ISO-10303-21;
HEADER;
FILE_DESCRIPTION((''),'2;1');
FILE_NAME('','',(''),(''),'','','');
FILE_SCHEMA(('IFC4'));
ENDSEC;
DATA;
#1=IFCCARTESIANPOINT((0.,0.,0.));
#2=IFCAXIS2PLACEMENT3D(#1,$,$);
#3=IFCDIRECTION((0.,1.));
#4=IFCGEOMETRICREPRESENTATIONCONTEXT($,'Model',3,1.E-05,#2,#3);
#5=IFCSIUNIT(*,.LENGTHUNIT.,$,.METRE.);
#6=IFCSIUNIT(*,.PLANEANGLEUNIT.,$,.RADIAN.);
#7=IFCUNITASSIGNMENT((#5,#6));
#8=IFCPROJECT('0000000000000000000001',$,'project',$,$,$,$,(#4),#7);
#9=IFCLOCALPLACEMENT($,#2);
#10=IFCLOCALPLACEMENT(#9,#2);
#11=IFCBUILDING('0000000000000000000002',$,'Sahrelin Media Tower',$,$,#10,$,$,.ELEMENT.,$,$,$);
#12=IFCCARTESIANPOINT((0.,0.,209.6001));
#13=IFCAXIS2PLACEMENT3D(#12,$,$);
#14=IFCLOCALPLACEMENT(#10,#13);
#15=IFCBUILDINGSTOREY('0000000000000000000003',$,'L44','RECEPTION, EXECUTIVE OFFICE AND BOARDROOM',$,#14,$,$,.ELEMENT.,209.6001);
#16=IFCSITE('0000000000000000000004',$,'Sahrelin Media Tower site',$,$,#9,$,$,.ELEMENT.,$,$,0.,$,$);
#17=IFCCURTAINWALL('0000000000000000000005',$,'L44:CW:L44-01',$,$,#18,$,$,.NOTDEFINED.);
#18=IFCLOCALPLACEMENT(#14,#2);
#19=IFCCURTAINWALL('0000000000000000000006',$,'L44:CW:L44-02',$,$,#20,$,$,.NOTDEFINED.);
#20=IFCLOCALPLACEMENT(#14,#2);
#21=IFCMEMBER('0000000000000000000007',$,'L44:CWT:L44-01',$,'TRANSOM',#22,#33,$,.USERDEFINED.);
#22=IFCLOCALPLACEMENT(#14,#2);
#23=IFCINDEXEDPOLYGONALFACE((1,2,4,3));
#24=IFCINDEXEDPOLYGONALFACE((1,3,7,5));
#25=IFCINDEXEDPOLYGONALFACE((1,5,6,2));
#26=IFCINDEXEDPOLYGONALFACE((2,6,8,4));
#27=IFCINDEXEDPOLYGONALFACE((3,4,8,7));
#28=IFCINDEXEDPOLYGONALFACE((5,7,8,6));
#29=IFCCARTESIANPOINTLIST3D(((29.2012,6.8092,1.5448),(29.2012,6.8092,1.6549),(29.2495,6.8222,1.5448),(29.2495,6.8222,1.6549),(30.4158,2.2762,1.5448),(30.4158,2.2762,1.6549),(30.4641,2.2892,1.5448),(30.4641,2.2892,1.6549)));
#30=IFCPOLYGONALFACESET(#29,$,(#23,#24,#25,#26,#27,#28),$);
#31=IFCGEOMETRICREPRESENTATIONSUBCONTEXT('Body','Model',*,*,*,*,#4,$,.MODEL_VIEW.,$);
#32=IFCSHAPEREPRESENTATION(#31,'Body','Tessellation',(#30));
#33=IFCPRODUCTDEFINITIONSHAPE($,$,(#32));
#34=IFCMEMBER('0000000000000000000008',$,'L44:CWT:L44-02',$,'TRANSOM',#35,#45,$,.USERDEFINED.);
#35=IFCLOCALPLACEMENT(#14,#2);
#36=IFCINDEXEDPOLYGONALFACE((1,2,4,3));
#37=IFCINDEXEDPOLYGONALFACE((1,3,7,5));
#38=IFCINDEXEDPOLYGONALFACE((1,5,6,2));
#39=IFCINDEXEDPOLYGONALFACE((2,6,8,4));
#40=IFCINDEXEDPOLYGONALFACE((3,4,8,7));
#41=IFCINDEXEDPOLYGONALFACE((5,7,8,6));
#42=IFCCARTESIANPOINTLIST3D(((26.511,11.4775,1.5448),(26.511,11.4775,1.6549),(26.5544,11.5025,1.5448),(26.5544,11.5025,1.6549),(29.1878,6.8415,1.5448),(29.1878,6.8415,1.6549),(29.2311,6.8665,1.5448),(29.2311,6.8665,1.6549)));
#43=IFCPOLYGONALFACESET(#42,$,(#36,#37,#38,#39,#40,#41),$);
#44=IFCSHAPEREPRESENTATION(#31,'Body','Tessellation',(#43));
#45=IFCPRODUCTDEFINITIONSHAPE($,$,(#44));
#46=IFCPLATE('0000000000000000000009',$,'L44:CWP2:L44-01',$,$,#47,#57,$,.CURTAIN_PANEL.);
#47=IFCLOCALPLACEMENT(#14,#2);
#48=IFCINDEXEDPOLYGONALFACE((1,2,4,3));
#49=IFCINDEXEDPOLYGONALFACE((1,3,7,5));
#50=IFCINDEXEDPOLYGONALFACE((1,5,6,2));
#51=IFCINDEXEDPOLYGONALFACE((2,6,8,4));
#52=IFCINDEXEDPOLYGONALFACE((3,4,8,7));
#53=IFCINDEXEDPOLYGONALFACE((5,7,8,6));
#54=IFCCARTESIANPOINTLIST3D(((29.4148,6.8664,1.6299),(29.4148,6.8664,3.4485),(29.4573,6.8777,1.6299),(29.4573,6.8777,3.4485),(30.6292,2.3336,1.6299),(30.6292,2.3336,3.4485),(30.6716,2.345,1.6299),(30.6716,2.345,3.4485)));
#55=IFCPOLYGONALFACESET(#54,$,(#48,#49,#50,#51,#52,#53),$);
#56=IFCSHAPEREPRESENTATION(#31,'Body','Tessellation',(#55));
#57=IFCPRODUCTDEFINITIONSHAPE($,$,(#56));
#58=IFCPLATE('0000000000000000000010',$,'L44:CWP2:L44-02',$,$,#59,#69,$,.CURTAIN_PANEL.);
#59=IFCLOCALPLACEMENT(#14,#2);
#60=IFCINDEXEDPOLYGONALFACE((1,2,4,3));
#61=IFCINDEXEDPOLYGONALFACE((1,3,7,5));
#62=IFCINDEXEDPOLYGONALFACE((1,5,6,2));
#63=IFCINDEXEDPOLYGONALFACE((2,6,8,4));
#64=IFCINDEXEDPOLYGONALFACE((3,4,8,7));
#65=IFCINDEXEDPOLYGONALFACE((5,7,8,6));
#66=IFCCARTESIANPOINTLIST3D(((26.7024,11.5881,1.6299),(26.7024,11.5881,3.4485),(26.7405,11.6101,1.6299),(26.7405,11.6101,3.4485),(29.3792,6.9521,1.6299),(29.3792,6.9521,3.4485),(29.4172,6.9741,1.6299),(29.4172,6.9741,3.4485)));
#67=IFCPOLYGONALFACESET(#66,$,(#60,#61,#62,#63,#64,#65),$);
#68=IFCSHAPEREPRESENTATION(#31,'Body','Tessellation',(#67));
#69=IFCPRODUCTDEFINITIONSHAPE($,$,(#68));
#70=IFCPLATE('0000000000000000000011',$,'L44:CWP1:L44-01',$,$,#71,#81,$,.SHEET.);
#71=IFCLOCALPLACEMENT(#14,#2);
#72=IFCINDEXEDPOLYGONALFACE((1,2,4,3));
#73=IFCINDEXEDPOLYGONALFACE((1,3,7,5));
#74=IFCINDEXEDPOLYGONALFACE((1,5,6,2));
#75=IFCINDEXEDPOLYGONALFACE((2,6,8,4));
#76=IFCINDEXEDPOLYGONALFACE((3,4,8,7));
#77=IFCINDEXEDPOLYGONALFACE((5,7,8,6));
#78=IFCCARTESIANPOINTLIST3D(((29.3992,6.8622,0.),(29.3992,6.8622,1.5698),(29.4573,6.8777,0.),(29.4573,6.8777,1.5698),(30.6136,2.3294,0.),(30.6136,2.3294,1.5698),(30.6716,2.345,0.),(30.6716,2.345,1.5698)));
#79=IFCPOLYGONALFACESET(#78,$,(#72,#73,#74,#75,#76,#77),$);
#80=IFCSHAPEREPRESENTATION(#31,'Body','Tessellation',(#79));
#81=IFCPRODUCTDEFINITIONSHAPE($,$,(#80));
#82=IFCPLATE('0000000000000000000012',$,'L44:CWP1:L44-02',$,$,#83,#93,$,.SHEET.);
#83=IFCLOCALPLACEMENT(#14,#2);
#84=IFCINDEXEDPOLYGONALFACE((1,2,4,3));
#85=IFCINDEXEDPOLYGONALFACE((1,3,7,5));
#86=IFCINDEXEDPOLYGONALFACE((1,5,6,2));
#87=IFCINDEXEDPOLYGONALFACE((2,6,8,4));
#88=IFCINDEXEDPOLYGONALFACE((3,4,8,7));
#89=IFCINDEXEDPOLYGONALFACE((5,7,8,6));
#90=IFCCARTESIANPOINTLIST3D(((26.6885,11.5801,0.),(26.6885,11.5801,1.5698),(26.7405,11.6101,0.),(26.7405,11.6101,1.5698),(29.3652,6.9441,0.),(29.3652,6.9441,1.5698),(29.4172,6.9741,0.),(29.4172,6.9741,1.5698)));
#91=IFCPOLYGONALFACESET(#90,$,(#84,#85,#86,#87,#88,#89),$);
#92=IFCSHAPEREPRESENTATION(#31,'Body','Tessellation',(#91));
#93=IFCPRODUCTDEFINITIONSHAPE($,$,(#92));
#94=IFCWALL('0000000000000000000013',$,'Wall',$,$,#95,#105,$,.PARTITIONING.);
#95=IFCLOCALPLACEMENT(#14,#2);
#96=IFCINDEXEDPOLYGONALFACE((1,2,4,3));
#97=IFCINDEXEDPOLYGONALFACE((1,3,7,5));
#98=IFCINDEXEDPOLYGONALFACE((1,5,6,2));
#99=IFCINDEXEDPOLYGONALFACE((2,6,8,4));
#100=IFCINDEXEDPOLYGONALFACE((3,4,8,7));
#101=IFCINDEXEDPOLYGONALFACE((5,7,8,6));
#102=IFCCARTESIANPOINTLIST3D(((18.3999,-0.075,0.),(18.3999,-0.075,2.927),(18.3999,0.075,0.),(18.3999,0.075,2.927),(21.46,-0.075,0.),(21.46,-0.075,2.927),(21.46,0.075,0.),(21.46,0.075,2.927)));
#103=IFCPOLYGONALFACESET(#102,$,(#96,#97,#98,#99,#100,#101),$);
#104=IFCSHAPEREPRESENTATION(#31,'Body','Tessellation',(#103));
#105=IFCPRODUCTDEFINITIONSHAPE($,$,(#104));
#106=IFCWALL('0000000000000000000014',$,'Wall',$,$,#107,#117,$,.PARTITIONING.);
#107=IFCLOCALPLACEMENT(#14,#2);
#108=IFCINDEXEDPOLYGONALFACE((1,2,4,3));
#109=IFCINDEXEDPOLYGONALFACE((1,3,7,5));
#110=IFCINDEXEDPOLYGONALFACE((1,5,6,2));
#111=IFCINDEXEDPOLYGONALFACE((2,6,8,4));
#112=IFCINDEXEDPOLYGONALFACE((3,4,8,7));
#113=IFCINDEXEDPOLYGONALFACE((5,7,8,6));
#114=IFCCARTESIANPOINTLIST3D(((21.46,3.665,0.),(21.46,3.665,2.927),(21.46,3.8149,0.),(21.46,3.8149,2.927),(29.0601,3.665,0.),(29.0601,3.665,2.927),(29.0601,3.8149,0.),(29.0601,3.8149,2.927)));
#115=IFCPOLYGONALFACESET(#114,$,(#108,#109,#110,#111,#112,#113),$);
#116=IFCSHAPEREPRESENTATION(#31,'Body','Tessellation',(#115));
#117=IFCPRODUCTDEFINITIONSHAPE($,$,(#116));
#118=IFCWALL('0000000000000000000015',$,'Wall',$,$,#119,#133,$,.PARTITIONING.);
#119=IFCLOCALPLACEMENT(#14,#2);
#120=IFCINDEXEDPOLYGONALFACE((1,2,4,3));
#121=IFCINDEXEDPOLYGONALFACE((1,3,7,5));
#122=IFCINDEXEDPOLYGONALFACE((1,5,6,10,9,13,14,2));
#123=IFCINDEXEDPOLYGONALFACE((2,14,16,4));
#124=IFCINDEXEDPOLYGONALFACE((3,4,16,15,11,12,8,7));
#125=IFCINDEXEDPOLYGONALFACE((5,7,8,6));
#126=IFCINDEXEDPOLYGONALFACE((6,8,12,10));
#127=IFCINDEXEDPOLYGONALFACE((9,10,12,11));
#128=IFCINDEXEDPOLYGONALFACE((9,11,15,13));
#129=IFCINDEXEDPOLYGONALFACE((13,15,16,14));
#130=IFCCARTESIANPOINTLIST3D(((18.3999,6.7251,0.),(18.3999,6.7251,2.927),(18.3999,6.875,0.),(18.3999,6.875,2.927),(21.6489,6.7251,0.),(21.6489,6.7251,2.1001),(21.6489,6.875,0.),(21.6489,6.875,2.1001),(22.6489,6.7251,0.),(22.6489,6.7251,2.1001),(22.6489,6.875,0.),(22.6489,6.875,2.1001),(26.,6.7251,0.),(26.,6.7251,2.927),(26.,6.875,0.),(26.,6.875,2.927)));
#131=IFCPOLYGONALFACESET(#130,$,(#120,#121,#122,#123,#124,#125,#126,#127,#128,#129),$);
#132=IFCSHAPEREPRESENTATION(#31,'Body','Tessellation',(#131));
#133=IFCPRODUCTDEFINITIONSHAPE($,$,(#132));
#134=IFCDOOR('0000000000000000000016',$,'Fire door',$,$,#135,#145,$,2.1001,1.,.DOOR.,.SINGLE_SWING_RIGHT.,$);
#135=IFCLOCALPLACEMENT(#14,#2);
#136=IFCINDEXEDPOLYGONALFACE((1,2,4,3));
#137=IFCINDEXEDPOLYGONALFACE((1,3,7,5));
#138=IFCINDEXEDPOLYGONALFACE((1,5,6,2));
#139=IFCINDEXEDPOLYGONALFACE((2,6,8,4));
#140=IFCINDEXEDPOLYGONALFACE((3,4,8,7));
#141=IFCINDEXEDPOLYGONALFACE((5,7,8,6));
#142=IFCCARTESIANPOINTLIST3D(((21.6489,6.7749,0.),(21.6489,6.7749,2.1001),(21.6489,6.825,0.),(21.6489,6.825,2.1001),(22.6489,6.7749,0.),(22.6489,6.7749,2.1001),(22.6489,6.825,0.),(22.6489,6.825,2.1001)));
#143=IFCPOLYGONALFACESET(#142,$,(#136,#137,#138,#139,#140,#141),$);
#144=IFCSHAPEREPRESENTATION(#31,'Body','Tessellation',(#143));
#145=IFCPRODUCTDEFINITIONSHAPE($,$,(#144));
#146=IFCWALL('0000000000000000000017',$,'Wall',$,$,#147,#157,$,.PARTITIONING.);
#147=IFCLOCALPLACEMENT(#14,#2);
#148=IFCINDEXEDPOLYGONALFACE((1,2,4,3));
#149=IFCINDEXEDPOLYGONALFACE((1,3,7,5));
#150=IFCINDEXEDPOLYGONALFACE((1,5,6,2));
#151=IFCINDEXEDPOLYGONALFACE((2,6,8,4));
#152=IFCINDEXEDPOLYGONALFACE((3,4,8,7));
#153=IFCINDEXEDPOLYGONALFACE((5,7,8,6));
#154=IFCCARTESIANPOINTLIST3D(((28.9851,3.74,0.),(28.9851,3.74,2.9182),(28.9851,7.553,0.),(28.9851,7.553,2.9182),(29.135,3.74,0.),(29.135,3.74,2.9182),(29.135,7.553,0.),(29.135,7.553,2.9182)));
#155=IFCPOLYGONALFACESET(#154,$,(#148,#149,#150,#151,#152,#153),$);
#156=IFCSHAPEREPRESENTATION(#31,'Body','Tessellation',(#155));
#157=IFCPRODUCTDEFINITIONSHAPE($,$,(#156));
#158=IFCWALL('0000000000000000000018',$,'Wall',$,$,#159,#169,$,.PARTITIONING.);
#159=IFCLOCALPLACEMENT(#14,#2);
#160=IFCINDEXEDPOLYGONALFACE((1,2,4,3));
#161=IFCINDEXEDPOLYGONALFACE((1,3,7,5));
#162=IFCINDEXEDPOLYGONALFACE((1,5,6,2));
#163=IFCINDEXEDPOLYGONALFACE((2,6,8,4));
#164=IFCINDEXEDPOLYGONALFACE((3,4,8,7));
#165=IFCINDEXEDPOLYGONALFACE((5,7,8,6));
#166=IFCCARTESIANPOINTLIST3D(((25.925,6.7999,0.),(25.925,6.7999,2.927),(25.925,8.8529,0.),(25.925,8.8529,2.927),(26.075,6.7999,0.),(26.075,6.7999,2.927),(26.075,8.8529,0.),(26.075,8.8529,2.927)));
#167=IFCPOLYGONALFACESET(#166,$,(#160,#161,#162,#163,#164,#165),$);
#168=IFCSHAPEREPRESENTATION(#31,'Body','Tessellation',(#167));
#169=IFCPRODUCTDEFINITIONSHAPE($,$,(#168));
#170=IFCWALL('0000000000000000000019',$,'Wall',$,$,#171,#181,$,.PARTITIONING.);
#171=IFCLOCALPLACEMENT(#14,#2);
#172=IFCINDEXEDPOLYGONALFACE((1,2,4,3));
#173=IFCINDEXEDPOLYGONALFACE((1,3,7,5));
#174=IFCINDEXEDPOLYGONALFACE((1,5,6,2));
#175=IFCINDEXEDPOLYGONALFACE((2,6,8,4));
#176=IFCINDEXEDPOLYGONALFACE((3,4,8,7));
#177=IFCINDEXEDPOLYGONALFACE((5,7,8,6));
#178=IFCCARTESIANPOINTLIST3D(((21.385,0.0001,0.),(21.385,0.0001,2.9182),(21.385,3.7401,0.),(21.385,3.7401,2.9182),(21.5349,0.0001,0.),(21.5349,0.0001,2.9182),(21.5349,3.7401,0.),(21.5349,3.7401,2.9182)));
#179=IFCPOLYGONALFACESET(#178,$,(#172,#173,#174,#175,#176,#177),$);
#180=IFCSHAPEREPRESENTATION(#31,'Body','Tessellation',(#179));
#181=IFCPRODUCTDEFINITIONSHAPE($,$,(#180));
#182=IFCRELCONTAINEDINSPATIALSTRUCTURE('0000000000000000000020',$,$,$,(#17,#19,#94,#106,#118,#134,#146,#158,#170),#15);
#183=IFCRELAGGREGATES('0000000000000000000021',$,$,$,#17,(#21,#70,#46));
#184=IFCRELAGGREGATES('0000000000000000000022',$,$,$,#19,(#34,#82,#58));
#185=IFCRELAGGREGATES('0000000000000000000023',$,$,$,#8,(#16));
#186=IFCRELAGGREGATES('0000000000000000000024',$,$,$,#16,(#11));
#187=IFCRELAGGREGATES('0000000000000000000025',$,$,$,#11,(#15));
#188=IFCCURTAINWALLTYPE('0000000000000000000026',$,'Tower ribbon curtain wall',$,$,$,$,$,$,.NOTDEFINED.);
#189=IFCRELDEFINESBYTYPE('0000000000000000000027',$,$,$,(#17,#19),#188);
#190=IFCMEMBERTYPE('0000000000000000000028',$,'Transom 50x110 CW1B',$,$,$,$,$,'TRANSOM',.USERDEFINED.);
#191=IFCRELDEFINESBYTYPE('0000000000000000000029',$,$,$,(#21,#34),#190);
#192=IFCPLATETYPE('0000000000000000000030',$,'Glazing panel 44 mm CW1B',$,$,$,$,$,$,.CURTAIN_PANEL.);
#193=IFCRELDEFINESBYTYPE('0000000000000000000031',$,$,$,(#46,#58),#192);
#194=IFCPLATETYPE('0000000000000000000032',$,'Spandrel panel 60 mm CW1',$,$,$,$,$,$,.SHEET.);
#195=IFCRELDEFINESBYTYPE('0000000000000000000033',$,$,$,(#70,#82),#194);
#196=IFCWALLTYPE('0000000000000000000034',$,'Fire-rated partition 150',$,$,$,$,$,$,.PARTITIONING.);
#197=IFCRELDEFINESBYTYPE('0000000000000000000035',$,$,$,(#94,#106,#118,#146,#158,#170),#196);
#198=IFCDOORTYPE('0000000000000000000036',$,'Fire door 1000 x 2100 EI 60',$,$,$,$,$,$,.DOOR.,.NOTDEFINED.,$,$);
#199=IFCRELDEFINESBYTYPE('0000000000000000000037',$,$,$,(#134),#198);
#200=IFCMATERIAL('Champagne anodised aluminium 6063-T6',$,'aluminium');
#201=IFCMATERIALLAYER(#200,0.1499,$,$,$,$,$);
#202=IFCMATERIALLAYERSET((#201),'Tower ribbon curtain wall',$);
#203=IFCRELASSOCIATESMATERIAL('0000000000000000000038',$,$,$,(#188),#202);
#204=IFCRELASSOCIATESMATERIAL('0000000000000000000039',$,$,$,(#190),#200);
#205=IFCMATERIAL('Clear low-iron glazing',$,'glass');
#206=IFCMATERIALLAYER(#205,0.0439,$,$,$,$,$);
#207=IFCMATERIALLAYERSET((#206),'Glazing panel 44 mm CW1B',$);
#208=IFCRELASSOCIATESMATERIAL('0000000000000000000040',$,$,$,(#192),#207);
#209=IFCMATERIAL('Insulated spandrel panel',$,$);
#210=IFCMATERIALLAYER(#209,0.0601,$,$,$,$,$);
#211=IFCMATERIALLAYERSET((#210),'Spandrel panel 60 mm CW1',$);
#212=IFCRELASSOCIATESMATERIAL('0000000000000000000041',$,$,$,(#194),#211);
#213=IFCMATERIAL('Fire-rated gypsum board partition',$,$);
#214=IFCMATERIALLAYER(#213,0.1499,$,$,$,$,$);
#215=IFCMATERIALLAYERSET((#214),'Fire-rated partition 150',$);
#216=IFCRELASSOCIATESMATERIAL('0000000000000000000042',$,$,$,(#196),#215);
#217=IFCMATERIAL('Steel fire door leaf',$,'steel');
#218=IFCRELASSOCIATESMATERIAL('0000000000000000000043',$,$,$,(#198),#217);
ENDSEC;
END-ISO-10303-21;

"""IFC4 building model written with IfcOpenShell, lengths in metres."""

from ifc_helpers import new_model, si_unit, direction, frame, frame_2d, origin, origin_2d, place, context, subcontext, project, spatial, polyline, rectangle, outline, extrude, material, layer, layer_set, material_profile, profile_set, type_object, element, fill, aggregate, save


model = new_model("IFC4")

# Units and contexts
model_context = context("Model", 3, precision=1e-05, world=origin(), true_north=direction((0.0, 1.0)))
body_context = subcontext(model_context, "Body", "Model", "MODEL_VIEW")
ifc_project = project(units=[si_unit("LENGTHUNIT", "METRE"), si_unit("PLANEANGLEUNIT", "RADIAN")], contexts=[model_context])

# Site, building, storey
site_placement = place(None, origin())
site = spatial("IfcSite", under=ifc_project, at=site_placement, Name="Sahrelin Media Tower site", CompositionType="ELEMENT", RefElevation=0.0)
building_placement = place(site_placement, origin())
building = spatial("IfcBuilding", under=site, at=building_placement, Name="Sahrelin Media Tower", CompositionType="ELEMENT")
storey_placement = place(building_placement, frame((0.0, 0.0, 209.6001)))
storey = spatial("IfcBuildingStorey", under=building, at=storey_placement, Name="L44", Description="RECEPTION, EXECUTIVE OFFICE AND BOARDROOM", CompositionType="ELEMENT", Elevation=209.6001)

# Curtain walls
ifc_material_1 = material(Name="Champagne anodised aluminium 6063-T6", Category="aluminium")
ifc_layer_1 = layer(ifc_material_1, 0.1499)
ifc_layer_set_1 = layer_set([ifc_layer_1], Name="Tower ribbon curtain wall")
curtain_wall_type = type_object("IfcCurtainWallType", Name="Tower ribbon curtain wall", PredefinedType="NOTDEFINED", material=ifc_layer_set_1)
curtain_wall_1_placement = place(storey_placement, frame((30.0452, 4.6062, 0.0), z_axis=(0.0, 0.0, 1.0), x_axis=(1.0, 0.0, 0.0)))
curtain_wall_1 = element("IfcCurtainWall", 1, at=curtain_wall_1_placement, inside=storey, type_object=curtain_wall_type, Name="L44:CW:L44-01", PredefinedType="NOTDEFINED")
curtain_wall_2_placement = place(storey_placement, frame((28.0615, 9.282, 0.0), z_axis=(0.0, 0.0, 1.0), x_axis=(1.0, 0.0, 0.0)))
curtain_wall_2 = element("IfcCurtainWall", 2, at=curtain_wall_2_placement, inside=storey, type_object=curtain_wall_type, Name="L44:CW:L44-02", PredefinedType="NOTDEFINED")

# Members
ifc_material_profile_1 = material_profile(ifc_material_1, rectangle(XDim=0.05, YDim=0.1101, at=origin_2d()), Name="Transom 50x110")
ifc_profile_set_1 = profile_set([ifc_material_profile_1], Name="Champagne anodised aluminium 6063-T6")
member_type_1 = type_object("IfcMemberType", Name="Transom 50x110 CW1B", ElementType="TRANSOM", PredefinedType="USERDEFINED", material=ifc_profile_set_1)
member_1_placement = place(storey_placement, frame((30.4399, 2.2827, 1.5999), z_axis=(-0.258818, 0.965926, 0.0), x_axis=(-0.965926, -0.258818, 0.0)))
member_1 = element("IfcMember", 3, at=member_1_placement, type_object=member_type_1, Name="L44:CWT:L44-01", ObjectType="TRANSOM", PredefinedType="USERDEFINED", context=body_context, shape_type="SweptSolid", body=[
    extrude(rectangle(XDim=0.05, YDim=0.1101, at=origin_2d()), origin(), (0.0, 0.0, 1.0), 4.6929),
])
member_2_placement = place(storey_placement, frame((29.2095, 6.854, 1.5999), z_axis=(-0.500024, 0.866012, 0.0), x_axis=(-0.866012, -0.500024, 0.0)))
member_2 = element("IfcMember", 4, at=member_2_placement, type_object=member_type_1, Name="L44:CWT:L44-02", ObjectType="TRANSOM", PredefinedType="USERDEFINED", context=body_context, shape_type="SweptSolid", body=[
    extrude(rectangle(XDim=0.05, YDim=0.1101, at=origin_2d()), origin(), (0.0, 0.0, 1.0), 5.3533),
])

# Plates
ifc_material_2 = material(Name="Clear low-iron glazing", Category="glass")
ifc_layer_2 = layer(ifc_material_2, 0.0439)
ifc_layer_set_2 = layer_set([ifc_layer_2], Name="Glazing panel 44 mm CW1B")
plate_type_1 = type_object("IfcPlateType", Name="Glazing panel 44 mm CW1B", PredefinedType="CURTAIN_PANEL", material=ifc_layer_set_2)
plate_1_placement = place(storey_placement, frame((30.6716, 2.345, 1.6299), z_axis=(0.965936, 0.258783, 0.0), x_axis=(-0.258783, 0.965936, 0.0)))
plate_1 = element("IfcPlate", 5, at=plate_1_placement, type_object=plate_type_1, Name="L44:CWP2:L44-01", PredefinedType="CURTAIN_PANEL", context=body_context, shape_type="SweptSolid", body=[
    extrude(outline(polyline([(0.0, 0.0), (4.6926, 0.0), (4.6926, 1.8186), (0.0, 1.8186), (0.0, 0.0)])), origin(), (0.0, 0.0, -1.0), 0.0439),
])
plate_2_placement = place(storey_placement, frame((29.4172, 6.9741, 1.6299), z_axis=(0.866012, 0.500024, 0.0), x_axis=(-0.500024, 0.866012, 0.0)))
plate_2 = element("IfcPlate", 6, at=plate_2_placement, type_object=plate_type_1, Name="L44:CWP2:L44-02", PredefinedType="CURTAIN_PANEL", context=body_context, shape_type="SweptSolid", body=[
    extrude(outline(polyline([(0.0, 0.0), (5.3533, 0.0), (5.3533, 1.8186), (0.0, 1.8186), (0.0, 0.0)])), origin(), (0.0, 0.0, -1.0), 0.0439),
])
ifc_material_3 = material(Name="Insulated spandrel panel")
ifc_layer_3 = layer(ifc_material_3, 0.0601)
ifc_layer_set_3 = layer_set([ifc_layer_3], Name="Spandrel panel 60 mm CW1")
plate_type_2 = type_object("IfcPlateType", Name="Spandrel panel 60 mm CW1", PredefinedType="SHEET", material=ifc_layer_set_3)
plate_3_placement = place(storey_placement, frame((30.6716, 2.345, 0.0), z_axis=(0.965936, 0.258783, 0.0), x_axis=(-0.258783, 0.965936, 0.0)))
plate_3 = element("IfcPlate", 7, at=plate_3_placement, type_object=plate_type_2, Name="L44:CWP1:L44-01", PredefinedType="SHEET", context=body_context, shape_type="SweptSolid", body=[
    extrude(outline(polyline([(0.0, 0.0), (4.6926, 0.0), (4.6926, 1.5698), (0.0, 1.5698), (0.0, 0.0)])), origin(), (0.0, 0.0, -1.0), 0.0601),
])
aggregate(curtain_wall_1, [member_1, plate_3, plate_1])
plate_4_placement = place(storey_placement, frame((29.4172, 6.9741, 0.0), z_axis=(0.866012, 0.500024, 0.0), x_axis=(-0.500024, 0.866012, 0.0)))
plate_4 = element("IfcPlate", 8, at=plate_4_placement, type_object=plate_type_2, Name="L44:CWP1:L44-02", PredefinedType="SHEET", context=body_context, shape_type="SweptSolid", body=[
    extrude(outline(polyline([(0.0, 0.0), (5.3533, 0.0), (5.3533, 1.5698), (0.0, 1.5698), (0.0, 0.0)])), origin(), (0.0, 0.0, -1.0), 0.0601),
])
aggregate(curtain_wall_2, [member_2, plate_4, plate_2])

# Walls
ifc_material_4 = material(Name="Fire-rated gypsum board partition")
ifc_layer_4 = layer(ifc_material_4, 0.1499)
ifc_layer_set_4 = layer_set([ifc_layer_4], Name="Fire-rated partition 150")
wall_type = type_object("IfcWallType", Name="Fire-rated partition 150", PredefinedType="PARTITIONING", material=ifc_layer_set_4)
wall_1_placement = place(storey_placement, frame((18.3999, 0.0, 0.0), z_axis=(0.0, 0.0, 1.0), x_axis=(1.0, 0.0, 0.0)))
element("IfcWall", 9, at=wall_1_placement, inside=storey, type_object=wall_type, Name="Wall", PredefinedType="PARTITIONING", context=body_context, shape_type="SweptSolid", body=[
    extrude(rectangle(XDim=3.0601, YDim=0.1499, at=frame_2d((1.53, 0.0))), origin(), (0.0, 0.0, 1.0), 2.927),
])
wall_2_placement = place(storey_placement, frame((21.46, 3.74, 0.0), z_axis=(0.0, 0.0, 1.0), x_axis=(1.0, 0.0, 0.0)))
element("IfcWall", 10, at=wall_2_placement, inside=storey, type_object=wall_type, Name="Wall", PredefinedType="PARTITIONING", context=body_context, shape_type="SweptSolid", body=[
    extrude(rectangle(XDim=7.6001, YDim=0.1499, at=frame_2d((3.8, 0.0))), origin(), (0.0, 0.0, 1.0), 2.927),
])

# Wall, opening, door
wall_3_placement = place(storey_placement, frame((18.3999, 6.8, 0.0), z_axis=(0.0, 0.0, 1.0), x_axis=(1.0, 0.0, 0.0)))
wall_3 = element("IfcWall", 11, at=wall_3_placement, inside=storey, type_object=wall_type, Name="Wall", PredefinedType="PARTITIONING", context=body_context, shape_type="SweptSolid", body=[
    extrude(rectangle(XDim=7.6001, YDim=0.1499, at=frame_2d((3.8, 0.0))), origin(), (0.0, 0.0, 1.0), 2.927),
])
opening_placement = place(wall_3_placement, frame((3.249, 0.0, 0.0)))
opening = element("IfcOpeningElement", 12, at=opening_placement, cuts=wall_3, PredefinedType="OPENING", context=body_context, shape_type="SweptSolid", body=[
    extrude(rectangle(XDim=1.0, YDim=2.1001, at=frame_2d((0.5, 1.05))), frame((0.0, 0.075, 0.0), z_axis=(0.0, -1.0, 0.0), x_axis=(1.0, 0.0, 0.0)), (0.0, 0.0, 1.0), 0.1499),
])
ifc_material_5 = material(Name="Steel fire door leaf", Category="steel")
door_type = type_object("IfcDoorType", Name="Fire door 1000 x 2100 EI 60", OperationType="NOTDEFINED", PredefinedType="DOOR", material=ifc_material_5)
door_placement = place(opening_placement, origin())
door = element("IfcDoor", 13, at=door_placement, inside=storey, type_object=door_type, Name="Fire door", OperationType="SINGLE_SWING_RIGHT", OverallHeight=2.1001, OverallWidth=1.0, PredefinedType="DOOR", context=body_context, shape_type="SweptSolid", body=[
    extrude(rectangle(XDim=1.0, YDim=2.1001, at=frame_2d((0.5, 1.05))), frame((0.0, 0.0249, 0.0), z_axis=(0.0, -1.0, 0.0), x_axis=(1.0, 0.0, 0.0)), (0.0, 0.0, 1.0), 0.05),
])
fill(opening, door)

# Walls
wall_4_placement = place(storey_placement, frame((29.0601, 3.74, 0.0), z_axis=(0.0, 0.0, 1.0), x_axis=(0.0, 1.0, 0.0)))
element("IfcWall", 14, at=wall_4_placement, inside=storey, type_object=wall_type, Name="Wall", PredefinedType="PARTITIONING", context=body_context, shape_type="SweptSolid", body=[
    extrude(rectangle(XDim=3.813, YDim=0.1499, at=frame_2d((1.9065, 0.0))), origin(), (0.0, 0.0, 1.0), 2.9182),
])
wall_5_placement = place(storey_placement, frame((26.0, 6.8, 0.0), z_axis=(0.0, 0.0, 1.0), x_axis=(0.0, 1.0, 0.0)))
element("IfcWall", 15, at=wall_5_placement, inside=storey, type_object=wall_type, Name="Wall", PredefinedType="PARTITIONING", context=body_context, shape_type="SweptSolid", body=[
    extrude(rectangle(XDim=2.053, YDim=0.1499, at=frame_2d((1.0264, 0.0))), origin(), (0.0, 0.0, 1.0), 2.927),
])
wall_6_placement = place(storey_placement, frame((21.46, 0.0, 0.0), z_axis=(0.0, 0.0, 1.0), x_axis=(0.0, 1.0, 0.0)))
element("IfcWall", 16, at=wall_6_placement, inside=storey, type_object=wall_type, Name="Wall", PredefinedType="PARTITIONING", context=body_context, shape_type="SweptSolid", body=[
    extrude(rectangle(XDim=3.74, YDim=0.1499, at=frame_2d((1.8701, 0.0))), origin(), (0.0, 0.0, 1.0), 2.9182),
])

save(model, "model.ifc")
